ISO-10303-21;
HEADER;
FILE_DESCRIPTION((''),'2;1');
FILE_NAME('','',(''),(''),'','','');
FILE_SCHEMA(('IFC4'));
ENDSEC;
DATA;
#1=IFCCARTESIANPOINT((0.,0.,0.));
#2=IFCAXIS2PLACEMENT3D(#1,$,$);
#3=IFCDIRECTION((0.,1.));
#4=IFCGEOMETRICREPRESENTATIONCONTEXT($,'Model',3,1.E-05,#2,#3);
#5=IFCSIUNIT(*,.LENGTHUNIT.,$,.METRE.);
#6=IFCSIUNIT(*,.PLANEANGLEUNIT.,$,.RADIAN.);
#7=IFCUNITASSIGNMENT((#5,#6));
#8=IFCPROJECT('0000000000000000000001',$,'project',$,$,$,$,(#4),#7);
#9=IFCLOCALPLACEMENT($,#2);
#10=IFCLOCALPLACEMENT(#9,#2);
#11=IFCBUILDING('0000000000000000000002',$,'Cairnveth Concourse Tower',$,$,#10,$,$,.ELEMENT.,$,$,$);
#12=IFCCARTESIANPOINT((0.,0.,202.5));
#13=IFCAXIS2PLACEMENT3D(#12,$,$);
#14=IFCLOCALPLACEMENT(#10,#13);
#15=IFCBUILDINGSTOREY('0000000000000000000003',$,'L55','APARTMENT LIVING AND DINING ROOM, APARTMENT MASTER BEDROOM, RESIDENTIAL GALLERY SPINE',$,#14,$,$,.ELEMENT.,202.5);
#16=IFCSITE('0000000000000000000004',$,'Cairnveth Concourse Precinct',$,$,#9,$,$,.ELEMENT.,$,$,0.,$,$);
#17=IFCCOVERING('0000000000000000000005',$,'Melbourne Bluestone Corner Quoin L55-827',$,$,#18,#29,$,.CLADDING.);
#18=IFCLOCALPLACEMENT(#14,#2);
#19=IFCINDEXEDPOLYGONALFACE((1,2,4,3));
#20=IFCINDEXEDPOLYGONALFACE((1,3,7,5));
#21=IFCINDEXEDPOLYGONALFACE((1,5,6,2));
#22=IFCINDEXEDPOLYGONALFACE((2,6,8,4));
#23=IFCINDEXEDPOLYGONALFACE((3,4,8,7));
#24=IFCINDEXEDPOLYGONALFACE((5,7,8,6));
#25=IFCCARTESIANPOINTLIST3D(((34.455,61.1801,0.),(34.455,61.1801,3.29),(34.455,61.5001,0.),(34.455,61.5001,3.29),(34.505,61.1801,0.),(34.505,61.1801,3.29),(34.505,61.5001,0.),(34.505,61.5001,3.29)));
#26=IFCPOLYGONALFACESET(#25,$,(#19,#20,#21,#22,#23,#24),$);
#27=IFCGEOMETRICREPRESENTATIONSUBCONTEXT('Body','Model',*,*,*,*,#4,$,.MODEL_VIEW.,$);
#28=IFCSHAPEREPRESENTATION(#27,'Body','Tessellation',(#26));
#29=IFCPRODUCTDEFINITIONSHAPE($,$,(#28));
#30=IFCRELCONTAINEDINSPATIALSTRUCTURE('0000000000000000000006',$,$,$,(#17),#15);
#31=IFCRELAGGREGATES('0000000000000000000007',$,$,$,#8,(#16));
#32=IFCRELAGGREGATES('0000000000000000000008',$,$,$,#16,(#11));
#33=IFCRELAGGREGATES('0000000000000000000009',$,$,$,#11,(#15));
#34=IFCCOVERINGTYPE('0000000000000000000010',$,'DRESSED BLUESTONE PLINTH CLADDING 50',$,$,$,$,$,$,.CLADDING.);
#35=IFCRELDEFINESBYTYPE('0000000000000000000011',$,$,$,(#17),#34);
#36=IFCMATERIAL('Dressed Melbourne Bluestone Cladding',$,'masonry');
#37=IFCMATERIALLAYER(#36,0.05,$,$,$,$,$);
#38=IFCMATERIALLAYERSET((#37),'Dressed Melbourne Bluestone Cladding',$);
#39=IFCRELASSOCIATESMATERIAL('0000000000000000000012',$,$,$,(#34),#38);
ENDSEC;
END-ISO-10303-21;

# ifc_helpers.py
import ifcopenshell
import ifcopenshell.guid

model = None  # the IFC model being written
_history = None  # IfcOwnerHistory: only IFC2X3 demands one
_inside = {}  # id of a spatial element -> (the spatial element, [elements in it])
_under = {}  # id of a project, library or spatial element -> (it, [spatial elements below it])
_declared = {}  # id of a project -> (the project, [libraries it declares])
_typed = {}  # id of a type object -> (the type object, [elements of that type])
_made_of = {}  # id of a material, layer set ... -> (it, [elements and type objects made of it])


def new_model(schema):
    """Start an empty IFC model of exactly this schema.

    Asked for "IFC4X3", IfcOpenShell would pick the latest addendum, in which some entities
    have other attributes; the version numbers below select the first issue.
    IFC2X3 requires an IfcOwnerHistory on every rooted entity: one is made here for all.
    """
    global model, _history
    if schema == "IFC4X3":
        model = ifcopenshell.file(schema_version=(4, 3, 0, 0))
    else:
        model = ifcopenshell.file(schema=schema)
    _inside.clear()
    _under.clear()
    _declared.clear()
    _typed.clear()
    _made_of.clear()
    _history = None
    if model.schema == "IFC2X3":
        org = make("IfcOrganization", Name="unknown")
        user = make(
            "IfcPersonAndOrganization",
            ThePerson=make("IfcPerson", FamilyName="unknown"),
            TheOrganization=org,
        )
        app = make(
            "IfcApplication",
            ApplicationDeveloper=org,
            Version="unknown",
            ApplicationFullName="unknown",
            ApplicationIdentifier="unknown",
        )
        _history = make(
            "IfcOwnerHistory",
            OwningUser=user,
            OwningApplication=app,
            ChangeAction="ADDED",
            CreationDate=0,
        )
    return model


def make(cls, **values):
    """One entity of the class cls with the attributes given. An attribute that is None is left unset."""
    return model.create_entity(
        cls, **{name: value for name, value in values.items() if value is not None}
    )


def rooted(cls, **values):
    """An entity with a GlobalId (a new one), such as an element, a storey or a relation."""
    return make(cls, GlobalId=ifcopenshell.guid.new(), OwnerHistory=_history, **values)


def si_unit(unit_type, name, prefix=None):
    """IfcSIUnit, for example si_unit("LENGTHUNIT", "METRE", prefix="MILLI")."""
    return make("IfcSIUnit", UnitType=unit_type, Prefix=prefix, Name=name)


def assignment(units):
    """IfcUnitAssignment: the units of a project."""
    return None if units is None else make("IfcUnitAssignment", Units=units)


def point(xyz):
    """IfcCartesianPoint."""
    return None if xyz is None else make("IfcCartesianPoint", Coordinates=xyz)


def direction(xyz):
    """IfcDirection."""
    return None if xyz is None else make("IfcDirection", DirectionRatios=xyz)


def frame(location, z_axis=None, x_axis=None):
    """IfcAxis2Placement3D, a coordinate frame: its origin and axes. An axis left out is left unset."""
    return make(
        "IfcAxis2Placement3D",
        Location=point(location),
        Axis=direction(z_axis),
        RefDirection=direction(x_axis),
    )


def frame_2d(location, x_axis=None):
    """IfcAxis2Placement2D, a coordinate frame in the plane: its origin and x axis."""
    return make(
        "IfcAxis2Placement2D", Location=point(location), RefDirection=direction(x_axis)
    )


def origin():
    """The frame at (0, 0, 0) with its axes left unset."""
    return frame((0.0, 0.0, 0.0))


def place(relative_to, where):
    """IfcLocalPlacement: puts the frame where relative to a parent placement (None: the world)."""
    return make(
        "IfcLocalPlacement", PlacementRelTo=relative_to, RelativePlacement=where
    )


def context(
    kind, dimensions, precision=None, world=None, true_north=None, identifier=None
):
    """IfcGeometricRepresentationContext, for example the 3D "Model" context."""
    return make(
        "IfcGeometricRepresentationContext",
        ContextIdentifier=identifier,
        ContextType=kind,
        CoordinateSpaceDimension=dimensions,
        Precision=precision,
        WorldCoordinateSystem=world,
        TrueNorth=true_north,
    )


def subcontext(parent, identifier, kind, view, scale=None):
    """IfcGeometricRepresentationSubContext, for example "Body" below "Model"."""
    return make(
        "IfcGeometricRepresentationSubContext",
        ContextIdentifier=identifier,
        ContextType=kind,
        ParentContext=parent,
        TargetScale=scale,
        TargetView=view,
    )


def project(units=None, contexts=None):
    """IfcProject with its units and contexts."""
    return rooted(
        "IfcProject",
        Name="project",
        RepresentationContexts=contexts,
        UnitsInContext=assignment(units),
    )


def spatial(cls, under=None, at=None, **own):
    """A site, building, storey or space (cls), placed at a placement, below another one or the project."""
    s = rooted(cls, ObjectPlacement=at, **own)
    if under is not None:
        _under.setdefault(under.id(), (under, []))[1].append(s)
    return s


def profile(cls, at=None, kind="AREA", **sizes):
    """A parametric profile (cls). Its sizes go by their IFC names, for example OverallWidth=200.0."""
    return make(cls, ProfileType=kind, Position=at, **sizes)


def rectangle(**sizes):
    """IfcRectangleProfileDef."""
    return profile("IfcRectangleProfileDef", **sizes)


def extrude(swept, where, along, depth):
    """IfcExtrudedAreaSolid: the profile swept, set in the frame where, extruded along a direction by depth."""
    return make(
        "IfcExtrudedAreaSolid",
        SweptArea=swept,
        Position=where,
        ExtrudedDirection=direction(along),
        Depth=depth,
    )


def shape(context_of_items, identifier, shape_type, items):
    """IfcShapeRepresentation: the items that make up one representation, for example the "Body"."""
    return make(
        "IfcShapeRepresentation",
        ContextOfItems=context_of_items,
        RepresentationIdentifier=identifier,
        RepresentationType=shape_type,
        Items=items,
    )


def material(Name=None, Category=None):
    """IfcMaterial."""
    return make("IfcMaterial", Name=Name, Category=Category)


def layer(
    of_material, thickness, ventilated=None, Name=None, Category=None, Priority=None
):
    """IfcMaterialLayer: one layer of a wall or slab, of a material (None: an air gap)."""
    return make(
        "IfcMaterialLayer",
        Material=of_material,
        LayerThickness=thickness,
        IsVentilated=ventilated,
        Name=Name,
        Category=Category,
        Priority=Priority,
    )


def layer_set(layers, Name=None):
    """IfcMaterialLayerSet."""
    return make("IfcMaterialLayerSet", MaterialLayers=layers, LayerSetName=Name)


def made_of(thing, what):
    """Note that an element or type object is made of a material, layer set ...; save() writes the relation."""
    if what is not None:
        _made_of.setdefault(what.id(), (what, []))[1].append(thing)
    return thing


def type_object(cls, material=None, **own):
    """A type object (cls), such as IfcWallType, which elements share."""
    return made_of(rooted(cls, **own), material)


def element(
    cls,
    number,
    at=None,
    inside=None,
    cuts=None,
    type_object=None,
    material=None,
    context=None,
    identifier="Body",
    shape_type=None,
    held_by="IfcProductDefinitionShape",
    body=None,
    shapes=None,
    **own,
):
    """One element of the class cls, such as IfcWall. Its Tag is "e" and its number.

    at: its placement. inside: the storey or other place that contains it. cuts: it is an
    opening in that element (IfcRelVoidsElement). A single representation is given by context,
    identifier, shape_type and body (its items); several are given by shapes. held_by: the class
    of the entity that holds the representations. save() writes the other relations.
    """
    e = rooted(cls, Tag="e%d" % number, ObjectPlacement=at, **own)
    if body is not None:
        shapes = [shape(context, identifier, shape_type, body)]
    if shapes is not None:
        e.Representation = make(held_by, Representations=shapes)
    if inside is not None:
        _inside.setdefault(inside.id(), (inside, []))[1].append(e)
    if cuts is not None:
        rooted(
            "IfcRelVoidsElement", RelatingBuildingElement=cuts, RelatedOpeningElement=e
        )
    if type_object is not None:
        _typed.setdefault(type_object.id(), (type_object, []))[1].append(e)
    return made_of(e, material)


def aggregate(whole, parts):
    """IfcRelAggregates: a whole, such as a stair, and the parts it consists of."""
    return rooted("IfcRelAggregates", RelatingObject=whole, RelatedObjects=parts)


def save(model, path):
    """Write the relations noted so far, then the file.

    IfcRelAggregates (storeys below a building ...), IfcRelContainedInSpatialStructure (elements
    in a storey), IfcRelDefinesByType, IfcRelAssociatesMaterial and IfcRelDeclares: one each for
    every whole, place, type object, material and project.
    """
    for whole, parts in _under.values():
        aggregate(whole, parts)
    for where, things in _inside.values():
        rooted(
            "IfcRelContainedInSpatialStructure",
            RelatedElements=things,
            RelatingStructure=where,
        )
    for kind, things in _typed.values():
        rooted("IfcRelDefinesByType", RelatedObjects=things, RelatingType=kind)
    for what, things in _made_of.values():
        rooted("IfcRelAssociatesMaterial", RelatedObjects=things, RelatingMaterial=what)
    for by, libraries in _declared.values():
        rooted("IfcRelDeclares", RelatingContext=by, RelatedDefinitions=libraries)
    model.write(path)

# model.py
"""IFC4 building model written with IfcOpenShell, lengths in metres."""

from ifc_helpers import new_model, si_unit, direction, frame, frame_2d, origin, place, context, subcontext, project, spatial, rectangle, extrude, material, layer, layer_set, type_object, element, save


model = new_model("IFC4")

# Units and contexts
model_context = context("Model", 3, precision=1e-05, world=origin(), true_north=direction((0.0, 1.0)))
body_context = subcontext(model_context, "Body", "Model", "MODEL_VIEW")
ifc_project = project(units=[si_unit("LENGTHUNIT", "METRE"), si_unit("PLANEANGLEUNIT", "RADIAN")], contexts=[model_context])

# Site, building, storey
site_placement = place(None, origin())
site = spatial("IfcSite", under=ifc_project, at=site_placement, Name="Cairnveth Concourse Precinct", CompositionType="ELEMENT", RefElevation=0.0)
building_placement = place(site_placement, origin())
building = spatial("IfcBuilding", under=site, at=building_placement, Name="Cairnveth Concourse Tower", CompositionType="ELEMENT")
storey_placement = place(building_placement, frame((0.0, 0.0, 202.5)))
storey = spatial("IfcBuildingStorey", under=building, at=storey_placement, Name="L55", Description="APARTMENT LIVING AND DINING ROOM, APARTMENT MASTER BEDROOM, RESIDENTIAL GALLERY SPINE", CompositionType="ELEMENT", Elevation=202.5)

# Covering
ifc_material_1 = material(Name="Dressed Melbourne Bluestone Cladding", Category="masonry")
ifc_layer_1 = layer(ifc_material_1, 0.05)
ifc_layer_set_1 = layer_set([ifc_layer_1], Name="Dressed Melbourne Bluestone Cladding")
covering_type = type_object("IfcCoveringType", Name="DRESSED BLUESTONE PLINTH CLADDING 50", PredefinedType="CLADDING", material=ifc_layer_set_1)
for number, where, z_axis, x_axis, name in (
    (1, (34.48, 61.1799, 0.0), (0.0, 0.0, 1.0), (0.0, 1.0, 0.0), "Melbourne Bluestone Corner Quoin L55-827"),
):
    element("IfcCovering", number, at=place(storey_placement, frame(where, z_axis=z_axis, x_axis=x_axis)), inside=storey, type_object=covering_type, Name=name, PredefinedType="CLADDING", context=body_context, shape_type="SweptSolid", body=[
        extrude(rectangle(XDim=0.3201, YDim=0.05, at=frame_2d((0.1602, 0.0))), origin(), (0.0, 0.0, 1.0), 3.29),
    ])

save(model, "model.ifc")
